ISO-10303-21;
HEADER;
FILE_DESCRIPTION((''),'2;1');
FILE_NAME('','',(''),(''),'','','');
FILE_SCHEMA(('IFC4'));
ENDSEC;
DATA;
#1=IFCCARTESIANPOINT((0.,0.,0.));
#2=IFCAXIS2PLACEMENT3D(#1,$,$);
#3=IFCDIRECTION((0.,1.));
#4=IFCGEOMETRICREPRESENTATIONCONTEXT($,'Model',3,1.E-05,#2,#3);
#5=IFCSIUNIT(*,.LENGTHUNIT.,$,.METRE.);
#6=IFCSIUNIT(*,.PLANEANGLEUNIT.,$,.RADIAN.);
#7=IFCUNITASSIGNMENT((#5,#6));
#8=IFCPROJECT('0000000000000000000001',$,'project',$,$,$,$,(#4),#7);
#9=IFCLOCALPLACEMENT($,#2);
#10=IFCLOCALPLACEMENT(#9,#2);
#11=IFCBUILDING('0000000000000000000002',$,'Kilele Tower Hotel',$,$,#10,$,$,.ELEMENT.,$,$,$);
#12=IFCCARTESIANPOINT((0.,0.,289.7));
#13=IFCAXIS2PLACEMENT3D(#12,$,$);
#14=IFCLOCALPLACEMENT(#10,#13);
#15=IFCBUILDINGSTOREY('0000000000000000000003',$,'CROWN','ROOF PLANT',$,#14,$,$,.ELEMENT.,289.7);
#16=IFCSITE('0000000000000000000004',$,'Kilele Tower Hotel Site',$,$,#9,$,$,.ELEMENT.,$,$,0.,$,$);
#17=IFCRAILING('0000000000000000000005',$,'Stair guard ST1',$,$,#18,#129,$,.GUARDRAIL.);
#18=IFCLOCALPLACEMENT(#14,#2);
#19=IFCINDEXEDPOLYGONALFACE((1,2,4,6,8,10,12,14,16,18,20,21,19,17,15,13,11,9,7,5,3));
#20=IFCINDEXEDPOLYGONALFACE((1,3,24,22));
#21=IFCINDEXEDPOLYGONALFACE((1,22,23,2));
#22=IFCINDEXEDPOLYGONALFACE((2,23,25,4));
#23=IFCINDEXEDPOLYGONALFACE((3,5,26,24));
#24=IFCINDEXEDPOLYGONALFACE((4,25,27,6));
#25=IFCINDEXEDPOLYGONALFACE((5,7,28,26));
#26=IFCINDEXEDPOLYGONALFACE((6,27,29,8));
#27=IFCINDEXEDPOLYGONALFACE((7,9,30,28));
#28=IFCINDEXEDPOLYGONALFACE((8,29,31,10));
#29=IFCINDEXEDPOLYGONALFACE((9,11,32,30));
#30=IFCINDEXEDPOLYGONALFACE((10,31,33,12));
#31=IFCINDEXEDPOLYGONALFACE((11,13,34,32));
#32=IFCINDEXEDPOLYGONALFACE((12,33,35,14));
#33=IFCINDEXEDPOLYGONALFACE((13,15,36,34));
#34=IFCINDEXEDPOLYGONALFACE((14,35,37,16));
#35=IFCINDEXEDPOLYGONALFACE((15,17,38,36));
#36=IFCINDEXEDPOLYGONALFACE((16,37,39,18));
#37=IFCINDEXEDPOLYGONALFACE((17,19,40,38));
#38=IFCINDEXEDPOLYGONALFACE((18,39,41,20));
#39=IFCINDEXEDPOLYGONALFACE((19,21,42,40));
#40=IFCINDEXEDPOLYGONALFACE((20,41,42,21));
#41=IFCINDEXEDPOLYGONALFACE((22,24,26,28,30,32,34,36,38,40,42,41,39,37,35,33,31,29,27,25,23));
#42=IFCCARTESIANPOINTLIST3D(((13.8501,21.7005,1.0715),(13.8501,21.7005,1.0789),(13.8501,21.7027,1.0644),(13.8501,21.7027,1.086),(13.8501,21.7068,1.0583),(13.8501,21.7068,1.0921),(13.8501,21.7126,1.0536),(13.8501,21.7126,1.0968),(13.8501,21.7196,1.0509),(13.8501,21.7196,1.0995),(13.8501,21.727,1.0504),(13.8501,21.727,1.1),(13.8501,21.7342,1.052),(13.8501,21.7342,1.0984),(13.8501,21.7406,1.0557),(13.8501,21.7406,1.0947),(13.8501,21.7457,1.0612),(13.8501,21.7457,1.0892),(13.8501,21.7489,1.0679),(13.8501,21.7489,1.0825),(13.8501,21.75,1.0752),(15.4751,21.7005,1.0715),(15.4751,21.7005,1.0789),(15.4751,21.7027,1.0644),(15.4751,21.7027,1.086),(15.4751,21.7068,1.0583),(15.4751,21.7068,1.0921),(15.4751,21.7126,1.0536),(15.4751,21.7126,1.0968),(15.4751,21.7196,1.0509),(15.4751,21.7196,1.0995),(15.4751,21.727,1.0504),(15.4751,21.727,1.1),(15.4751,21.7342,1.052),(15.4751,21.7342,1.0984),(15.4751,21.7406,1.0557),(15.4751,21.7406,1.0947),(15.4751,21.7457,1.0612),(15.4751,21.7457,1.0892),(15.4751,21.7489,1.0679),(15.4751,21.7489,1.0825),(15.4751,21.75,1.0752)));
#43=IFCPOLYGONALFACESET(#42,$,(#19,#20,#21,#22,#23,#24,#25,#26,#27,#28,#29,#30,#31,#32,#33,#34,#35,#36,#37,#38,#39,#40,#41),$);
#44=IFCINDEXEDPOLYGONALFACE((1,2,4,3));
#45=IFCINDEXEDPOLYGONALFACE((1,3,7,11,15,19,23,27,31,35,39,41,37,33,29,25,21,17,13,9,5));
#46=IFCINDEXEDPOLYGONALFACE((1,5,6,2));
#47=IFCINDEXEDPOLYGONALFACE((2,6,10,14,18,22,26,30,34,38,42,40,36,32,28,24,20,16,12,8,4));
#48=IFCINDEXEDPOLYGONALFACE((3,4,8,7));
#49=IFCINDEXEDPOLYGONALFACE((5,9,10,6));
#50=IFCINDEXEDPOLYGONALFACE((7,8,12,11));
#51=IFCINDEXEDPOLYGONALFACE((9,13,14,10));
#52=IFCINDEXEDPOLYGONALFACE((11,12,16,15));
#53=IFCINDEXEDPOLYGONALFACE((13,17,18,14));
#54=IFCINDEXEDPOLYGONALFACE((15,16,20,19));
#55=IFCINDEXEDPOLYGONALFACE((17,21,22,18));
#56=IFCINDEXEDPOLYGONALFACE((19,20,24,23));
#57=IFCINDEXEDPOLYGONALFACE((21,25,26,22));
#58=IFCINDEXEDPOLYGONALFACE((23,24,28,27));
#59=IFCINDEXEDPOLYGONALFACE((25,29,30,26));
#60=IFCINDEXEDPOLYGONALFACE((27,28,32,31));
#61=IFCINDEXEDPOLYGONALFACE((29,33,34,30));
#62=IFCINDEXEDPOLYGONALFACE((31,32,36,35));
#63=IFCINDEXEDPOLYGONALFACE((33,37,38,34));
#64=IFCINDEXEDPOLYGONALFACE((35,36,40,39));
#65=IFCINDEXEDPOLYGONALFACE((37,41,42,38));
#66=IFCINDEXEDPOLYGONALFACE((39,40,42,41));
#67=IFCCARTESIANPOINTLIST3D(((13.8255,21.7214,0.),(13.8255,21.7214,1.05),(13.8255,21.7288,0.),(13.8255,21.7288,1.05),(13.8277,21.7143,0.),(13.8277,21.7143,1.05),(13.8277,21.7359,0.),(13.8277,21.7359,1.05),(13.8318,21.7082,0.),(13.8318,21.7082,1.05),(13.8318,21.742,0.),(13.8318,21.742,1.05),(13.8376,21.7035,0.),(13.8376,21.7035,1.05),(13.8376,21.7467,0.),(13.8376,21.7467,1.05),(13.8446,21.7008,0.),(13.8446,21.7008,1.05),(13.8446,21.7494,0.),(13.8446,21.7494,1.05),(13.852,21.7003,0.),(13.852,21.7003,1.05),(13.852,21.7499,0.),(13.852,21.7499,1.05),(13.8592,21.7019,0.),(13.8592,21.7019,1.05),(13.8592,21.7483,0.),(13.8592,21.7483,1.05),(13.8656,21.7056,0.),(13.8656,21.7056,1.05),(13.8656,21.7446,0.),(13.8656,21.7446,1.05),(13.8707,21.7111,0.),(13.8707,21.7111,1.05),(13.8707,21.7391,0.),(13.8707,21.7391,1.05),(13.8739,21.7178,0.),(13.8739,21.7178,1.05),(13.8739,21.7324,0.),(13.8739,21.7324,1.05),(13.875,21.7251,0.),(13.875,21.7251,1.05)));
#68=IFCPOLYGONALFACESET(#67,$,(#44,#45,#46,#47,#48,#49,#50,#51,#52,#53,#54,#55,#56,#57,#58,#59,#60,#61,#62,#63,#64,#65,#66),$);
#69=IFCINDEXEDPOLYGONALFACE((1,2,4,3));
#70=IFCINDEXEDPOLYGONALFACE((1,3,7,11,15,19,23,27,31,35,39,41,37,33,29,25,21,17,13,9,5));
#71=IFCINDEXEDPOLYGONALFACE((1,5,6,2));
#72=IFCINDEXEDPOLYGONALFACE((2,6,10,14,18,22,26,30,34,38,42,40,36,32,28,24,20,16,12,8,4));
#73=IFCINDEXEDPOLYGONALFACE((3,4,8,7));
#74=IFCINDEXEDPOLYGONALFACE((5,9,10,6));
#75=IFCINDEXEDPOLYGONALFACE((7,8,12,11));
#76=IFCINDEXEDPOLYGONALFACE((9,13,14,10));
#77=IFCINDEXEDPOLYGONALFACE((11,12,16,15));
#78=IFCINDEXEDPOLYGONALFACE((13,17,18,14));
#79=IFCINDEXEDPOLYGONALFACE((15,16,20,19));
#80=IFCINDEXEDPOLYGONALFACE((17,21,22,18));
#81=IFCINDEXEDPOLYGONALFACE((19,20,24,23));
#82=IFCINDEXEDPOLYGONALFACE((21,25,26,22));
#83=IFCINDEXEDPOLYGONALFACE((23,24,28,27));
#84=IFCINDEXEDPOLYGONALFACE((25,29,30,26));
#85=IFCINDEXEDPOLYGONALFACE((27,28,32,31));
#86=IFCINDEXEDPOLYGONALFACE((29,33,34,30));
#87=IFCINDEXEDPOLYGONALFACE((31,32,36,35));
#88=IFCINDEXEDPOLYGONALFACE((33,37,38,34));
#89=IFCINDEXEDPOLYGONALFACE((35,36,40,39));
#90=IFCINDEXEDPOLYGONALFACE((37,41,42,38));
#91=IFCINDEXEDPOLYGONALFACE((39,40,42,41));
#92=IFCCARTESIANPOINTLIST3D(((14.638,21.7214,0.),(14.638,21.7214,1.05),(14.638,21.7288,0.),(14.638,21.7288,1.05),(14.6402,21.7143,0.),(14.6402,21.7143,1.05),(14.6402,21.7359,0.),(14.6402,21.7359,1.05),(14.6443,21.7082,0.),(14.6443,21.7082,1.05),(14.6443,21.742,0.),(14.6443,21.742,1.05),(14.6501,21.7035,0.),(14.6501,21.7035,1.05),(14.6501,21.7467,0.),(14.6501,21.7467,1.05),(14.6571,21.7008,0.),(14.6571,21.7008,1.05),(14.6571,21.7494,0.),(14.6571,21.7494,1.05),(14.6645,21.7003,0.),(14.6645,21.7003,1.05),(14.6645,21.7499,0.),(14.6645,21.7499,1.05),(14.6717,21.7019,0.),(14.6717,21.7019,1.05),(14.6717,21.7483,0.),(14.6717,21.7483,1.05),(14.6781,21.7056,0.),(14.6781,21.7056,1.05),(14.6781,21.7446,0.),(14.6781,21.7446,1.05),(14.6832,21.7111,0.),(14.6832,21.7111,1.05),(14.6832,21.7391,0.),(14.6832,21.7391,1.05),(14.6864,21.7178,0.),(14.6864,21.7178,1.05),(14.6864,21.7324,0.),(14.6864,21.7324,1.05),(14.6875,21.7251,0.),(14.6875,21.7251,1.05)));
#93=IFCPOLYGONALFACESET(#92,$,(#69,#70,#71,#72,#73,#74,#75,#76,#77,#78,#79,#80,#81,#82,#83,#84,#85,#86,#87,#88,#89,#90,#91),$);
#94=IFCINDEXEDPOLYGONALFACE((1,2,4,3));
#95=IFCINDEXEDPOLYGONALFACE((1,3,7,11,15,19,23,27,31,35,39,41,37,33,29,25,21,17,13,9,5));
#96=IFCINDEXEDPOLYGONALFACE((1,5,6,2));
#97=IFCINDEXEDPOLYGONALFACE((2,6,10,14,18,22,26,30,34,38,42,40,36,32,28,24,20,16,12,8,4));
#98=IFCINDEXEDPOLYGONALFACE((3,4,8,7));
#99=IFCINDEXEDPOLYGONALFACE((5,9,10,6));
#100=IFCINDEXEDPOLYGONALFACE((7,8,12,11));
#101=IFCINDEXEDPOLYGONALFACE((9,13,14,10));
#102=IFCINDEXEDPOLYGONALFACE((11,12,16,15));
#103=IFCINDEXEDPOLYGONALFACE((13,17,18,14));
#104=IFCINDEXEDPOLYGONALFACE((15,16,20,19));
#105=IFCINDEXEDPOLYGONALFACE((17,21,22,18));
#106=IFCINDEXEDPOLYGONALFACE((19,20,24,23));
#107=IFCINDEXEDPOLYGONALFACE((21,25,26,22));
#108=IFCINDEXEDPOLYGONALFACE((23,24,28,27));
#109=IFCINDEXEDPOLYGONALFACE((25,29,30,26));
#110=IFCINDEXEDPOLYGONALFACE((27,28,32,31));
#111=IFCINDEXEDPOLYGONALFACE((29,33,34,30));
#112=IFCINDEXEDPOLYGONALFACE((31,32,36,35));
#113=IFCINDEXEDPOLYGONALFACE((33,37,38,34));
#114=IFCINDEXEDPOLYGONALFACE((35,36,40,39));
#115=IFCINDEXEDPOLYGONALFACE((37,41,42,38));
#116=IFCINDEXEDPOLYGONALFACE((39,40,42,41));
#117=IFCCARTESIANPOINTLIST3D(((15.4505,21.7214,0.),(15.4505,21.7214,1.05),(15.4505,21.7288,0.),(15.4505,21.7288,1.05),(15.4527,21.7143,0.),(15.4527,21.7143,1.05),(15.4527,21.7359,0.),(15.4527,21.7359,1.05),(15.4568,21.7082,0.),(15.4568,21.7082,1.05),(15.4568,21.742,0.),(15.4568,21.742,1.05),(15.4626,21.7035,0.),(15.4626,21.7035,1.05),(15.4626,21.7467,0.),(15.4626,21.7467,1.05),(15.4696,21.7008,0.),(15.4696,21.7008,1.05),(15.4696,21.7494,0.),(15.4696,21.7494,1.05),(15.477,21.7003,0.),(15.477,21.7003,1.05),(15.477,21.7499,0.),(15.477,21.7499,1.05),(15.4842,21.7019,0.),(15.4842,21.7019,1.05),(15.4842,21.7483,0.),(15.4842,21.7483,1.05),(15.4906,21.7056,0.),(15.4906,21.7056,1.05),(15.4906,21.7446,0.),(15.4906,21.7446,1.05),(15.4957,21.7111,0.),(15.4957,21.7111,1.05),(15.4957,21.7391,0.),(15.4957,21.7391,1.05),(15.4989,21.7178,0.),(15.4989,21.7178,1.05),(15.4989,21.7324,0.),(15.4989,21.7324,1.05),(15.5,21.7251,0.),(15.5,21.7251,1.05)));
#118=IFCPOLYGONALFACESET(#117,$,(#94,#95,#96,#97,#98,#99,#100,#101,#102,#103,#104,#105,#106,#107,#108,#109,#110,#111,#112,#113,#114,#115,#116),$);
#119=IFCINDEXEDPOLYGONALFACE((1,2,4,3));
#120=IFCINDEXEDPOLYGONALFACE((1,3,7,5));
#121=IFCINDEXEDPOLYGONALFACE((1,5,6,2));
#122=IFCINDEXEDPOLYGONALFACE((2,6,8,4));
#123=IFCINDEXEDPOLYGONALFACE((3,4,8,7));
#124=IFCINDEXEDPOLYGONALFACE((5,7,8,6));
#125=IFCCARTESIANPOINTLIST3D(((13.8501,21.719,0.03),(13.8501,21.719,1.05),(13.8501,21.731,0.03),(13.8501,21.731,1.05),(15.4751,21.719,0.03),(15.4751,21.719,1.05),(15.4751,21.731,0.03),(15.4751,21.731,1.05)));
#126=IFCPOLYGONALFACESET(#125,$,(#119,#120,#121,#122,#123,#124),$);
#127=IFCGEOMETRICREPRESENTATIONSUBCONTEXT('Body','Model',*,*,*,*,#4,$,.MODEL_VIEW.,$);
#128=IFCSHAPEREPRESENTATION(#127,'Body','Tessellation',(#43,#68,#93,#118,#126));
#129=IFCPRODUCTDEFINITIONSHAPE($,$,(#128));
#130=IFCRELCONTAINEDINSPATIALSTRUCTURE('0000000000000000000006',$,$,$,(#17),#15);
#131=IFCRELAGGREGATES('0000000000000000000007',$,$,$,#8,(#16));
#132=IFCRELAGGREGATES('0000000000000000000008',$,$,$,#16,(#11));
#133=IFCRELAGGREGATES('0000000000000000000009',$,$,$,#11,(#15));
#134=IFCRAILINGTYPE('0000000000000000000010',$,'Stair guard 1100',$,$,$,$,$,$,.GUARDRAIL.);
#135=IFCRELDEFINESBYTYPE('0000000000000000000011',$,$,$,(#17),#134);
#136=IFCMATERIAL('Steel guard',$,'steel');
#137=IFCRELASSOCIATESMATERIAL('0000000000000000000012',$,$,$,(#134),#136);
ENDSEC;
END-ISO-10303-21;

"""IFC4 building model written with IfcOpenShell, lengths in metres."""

from ifc_helpers import new_model, si_unit, direction, frame, origin, origin_2d, place, context, subcontext, project, spatial, polyline, circle, outline, extrude, material, type_object, element, save


model = new_model("IFC4")

# Units and contexts
model_context = context("Model", 3, precision=1e-05, world=origin(), true_north=direction((0.0, 1.0)))
body_context = subcontext(model_context, "Body", "Model", "MODEL_VIEW")
ifc_project = project(units=[si_unit("LENGTHUNIT", "METRE"), si_unit("PLANEANGLEUNIT", "RADIAN")], contexts=[model_context])

# Site, building, storey
site_placement = place(None, origin())
site = spatial("IfcSite", under=ifc_project, at=site_placement, Name="Kilele Tower Hotel Site", CompositionType="ELEMENT", RefElevation=0.0)
building_placement = place(site_placement, origin())
building = spatial("IfcBuilding", under=site, at=building_placement, Name="Kilele Tower Hotel", CompositionType="ELEMENT")
storey_placement = place(building_placement, frame((0.0, 0.0, 289.7)))
storey = spatial("IfcBuildingStorey", under=building, at=storey_placement, Name="CROWN", Description="ROOF PLANT", CompositionType="ELEMENT", Elevation=289.7)

# Railing
ifc_material_1 = material(Name="Steel guard", Category="steel")
railing_type = type_object("IfcRailingType", Name="Stair guard 1100", PredefinedType="GUARDRAIL", material=ifc_material_1)
railing_placement = place(storey_placement, frame((13.8501, 21.7251, 0.0)))
element("IfcRailing", 1, at=railing_placement, inside=storey, type_object=railing_type, Name="Stair guard ST1", PredefinedType="GUARDRAIL", context=body_context, shape_type="SweptSolid", body=[
    extrude(circle(Radius=0.0249, at=origin_2d()), frame((0.0, 0.0, 1.0752), z_axis=(1.0, 0.0, 0.0), x_axis=(0.0, 1.0, 0.0)), (0.0, 0.0, 1.0), 1.625),
    extrude(circle(Radius=0.0249, at=origin_2d()), origin(), (0.0, 0.0, 1.0), 1.05),
    extrude(circle(Radius=0.0249, at=origin_2d()), frame((0.8125, 0.0, 0.0)), (0.0, 0.0, 1.0), 1.05),
    extrude(circle(Radius=0.0249, at=origin_2d()), frame((1.625, 0.0, 0.0)), (0.0, 0.0, 1.0), 1.05),
    extrude(outline(polyline([(0.0, 0.03), (1.625, 0.03), (1.625, 1.05), (0.0, 1.05), (0.0, 0.03)])), frame((0.0, 0.0059, 0.0), z_axis=(0.0, -1.0, 0.0), x_axis=(1.0, 0.0, 0.0)), (0.0, 0.0, 1.0), 0.012),
])

save(model, "model.ifc")
